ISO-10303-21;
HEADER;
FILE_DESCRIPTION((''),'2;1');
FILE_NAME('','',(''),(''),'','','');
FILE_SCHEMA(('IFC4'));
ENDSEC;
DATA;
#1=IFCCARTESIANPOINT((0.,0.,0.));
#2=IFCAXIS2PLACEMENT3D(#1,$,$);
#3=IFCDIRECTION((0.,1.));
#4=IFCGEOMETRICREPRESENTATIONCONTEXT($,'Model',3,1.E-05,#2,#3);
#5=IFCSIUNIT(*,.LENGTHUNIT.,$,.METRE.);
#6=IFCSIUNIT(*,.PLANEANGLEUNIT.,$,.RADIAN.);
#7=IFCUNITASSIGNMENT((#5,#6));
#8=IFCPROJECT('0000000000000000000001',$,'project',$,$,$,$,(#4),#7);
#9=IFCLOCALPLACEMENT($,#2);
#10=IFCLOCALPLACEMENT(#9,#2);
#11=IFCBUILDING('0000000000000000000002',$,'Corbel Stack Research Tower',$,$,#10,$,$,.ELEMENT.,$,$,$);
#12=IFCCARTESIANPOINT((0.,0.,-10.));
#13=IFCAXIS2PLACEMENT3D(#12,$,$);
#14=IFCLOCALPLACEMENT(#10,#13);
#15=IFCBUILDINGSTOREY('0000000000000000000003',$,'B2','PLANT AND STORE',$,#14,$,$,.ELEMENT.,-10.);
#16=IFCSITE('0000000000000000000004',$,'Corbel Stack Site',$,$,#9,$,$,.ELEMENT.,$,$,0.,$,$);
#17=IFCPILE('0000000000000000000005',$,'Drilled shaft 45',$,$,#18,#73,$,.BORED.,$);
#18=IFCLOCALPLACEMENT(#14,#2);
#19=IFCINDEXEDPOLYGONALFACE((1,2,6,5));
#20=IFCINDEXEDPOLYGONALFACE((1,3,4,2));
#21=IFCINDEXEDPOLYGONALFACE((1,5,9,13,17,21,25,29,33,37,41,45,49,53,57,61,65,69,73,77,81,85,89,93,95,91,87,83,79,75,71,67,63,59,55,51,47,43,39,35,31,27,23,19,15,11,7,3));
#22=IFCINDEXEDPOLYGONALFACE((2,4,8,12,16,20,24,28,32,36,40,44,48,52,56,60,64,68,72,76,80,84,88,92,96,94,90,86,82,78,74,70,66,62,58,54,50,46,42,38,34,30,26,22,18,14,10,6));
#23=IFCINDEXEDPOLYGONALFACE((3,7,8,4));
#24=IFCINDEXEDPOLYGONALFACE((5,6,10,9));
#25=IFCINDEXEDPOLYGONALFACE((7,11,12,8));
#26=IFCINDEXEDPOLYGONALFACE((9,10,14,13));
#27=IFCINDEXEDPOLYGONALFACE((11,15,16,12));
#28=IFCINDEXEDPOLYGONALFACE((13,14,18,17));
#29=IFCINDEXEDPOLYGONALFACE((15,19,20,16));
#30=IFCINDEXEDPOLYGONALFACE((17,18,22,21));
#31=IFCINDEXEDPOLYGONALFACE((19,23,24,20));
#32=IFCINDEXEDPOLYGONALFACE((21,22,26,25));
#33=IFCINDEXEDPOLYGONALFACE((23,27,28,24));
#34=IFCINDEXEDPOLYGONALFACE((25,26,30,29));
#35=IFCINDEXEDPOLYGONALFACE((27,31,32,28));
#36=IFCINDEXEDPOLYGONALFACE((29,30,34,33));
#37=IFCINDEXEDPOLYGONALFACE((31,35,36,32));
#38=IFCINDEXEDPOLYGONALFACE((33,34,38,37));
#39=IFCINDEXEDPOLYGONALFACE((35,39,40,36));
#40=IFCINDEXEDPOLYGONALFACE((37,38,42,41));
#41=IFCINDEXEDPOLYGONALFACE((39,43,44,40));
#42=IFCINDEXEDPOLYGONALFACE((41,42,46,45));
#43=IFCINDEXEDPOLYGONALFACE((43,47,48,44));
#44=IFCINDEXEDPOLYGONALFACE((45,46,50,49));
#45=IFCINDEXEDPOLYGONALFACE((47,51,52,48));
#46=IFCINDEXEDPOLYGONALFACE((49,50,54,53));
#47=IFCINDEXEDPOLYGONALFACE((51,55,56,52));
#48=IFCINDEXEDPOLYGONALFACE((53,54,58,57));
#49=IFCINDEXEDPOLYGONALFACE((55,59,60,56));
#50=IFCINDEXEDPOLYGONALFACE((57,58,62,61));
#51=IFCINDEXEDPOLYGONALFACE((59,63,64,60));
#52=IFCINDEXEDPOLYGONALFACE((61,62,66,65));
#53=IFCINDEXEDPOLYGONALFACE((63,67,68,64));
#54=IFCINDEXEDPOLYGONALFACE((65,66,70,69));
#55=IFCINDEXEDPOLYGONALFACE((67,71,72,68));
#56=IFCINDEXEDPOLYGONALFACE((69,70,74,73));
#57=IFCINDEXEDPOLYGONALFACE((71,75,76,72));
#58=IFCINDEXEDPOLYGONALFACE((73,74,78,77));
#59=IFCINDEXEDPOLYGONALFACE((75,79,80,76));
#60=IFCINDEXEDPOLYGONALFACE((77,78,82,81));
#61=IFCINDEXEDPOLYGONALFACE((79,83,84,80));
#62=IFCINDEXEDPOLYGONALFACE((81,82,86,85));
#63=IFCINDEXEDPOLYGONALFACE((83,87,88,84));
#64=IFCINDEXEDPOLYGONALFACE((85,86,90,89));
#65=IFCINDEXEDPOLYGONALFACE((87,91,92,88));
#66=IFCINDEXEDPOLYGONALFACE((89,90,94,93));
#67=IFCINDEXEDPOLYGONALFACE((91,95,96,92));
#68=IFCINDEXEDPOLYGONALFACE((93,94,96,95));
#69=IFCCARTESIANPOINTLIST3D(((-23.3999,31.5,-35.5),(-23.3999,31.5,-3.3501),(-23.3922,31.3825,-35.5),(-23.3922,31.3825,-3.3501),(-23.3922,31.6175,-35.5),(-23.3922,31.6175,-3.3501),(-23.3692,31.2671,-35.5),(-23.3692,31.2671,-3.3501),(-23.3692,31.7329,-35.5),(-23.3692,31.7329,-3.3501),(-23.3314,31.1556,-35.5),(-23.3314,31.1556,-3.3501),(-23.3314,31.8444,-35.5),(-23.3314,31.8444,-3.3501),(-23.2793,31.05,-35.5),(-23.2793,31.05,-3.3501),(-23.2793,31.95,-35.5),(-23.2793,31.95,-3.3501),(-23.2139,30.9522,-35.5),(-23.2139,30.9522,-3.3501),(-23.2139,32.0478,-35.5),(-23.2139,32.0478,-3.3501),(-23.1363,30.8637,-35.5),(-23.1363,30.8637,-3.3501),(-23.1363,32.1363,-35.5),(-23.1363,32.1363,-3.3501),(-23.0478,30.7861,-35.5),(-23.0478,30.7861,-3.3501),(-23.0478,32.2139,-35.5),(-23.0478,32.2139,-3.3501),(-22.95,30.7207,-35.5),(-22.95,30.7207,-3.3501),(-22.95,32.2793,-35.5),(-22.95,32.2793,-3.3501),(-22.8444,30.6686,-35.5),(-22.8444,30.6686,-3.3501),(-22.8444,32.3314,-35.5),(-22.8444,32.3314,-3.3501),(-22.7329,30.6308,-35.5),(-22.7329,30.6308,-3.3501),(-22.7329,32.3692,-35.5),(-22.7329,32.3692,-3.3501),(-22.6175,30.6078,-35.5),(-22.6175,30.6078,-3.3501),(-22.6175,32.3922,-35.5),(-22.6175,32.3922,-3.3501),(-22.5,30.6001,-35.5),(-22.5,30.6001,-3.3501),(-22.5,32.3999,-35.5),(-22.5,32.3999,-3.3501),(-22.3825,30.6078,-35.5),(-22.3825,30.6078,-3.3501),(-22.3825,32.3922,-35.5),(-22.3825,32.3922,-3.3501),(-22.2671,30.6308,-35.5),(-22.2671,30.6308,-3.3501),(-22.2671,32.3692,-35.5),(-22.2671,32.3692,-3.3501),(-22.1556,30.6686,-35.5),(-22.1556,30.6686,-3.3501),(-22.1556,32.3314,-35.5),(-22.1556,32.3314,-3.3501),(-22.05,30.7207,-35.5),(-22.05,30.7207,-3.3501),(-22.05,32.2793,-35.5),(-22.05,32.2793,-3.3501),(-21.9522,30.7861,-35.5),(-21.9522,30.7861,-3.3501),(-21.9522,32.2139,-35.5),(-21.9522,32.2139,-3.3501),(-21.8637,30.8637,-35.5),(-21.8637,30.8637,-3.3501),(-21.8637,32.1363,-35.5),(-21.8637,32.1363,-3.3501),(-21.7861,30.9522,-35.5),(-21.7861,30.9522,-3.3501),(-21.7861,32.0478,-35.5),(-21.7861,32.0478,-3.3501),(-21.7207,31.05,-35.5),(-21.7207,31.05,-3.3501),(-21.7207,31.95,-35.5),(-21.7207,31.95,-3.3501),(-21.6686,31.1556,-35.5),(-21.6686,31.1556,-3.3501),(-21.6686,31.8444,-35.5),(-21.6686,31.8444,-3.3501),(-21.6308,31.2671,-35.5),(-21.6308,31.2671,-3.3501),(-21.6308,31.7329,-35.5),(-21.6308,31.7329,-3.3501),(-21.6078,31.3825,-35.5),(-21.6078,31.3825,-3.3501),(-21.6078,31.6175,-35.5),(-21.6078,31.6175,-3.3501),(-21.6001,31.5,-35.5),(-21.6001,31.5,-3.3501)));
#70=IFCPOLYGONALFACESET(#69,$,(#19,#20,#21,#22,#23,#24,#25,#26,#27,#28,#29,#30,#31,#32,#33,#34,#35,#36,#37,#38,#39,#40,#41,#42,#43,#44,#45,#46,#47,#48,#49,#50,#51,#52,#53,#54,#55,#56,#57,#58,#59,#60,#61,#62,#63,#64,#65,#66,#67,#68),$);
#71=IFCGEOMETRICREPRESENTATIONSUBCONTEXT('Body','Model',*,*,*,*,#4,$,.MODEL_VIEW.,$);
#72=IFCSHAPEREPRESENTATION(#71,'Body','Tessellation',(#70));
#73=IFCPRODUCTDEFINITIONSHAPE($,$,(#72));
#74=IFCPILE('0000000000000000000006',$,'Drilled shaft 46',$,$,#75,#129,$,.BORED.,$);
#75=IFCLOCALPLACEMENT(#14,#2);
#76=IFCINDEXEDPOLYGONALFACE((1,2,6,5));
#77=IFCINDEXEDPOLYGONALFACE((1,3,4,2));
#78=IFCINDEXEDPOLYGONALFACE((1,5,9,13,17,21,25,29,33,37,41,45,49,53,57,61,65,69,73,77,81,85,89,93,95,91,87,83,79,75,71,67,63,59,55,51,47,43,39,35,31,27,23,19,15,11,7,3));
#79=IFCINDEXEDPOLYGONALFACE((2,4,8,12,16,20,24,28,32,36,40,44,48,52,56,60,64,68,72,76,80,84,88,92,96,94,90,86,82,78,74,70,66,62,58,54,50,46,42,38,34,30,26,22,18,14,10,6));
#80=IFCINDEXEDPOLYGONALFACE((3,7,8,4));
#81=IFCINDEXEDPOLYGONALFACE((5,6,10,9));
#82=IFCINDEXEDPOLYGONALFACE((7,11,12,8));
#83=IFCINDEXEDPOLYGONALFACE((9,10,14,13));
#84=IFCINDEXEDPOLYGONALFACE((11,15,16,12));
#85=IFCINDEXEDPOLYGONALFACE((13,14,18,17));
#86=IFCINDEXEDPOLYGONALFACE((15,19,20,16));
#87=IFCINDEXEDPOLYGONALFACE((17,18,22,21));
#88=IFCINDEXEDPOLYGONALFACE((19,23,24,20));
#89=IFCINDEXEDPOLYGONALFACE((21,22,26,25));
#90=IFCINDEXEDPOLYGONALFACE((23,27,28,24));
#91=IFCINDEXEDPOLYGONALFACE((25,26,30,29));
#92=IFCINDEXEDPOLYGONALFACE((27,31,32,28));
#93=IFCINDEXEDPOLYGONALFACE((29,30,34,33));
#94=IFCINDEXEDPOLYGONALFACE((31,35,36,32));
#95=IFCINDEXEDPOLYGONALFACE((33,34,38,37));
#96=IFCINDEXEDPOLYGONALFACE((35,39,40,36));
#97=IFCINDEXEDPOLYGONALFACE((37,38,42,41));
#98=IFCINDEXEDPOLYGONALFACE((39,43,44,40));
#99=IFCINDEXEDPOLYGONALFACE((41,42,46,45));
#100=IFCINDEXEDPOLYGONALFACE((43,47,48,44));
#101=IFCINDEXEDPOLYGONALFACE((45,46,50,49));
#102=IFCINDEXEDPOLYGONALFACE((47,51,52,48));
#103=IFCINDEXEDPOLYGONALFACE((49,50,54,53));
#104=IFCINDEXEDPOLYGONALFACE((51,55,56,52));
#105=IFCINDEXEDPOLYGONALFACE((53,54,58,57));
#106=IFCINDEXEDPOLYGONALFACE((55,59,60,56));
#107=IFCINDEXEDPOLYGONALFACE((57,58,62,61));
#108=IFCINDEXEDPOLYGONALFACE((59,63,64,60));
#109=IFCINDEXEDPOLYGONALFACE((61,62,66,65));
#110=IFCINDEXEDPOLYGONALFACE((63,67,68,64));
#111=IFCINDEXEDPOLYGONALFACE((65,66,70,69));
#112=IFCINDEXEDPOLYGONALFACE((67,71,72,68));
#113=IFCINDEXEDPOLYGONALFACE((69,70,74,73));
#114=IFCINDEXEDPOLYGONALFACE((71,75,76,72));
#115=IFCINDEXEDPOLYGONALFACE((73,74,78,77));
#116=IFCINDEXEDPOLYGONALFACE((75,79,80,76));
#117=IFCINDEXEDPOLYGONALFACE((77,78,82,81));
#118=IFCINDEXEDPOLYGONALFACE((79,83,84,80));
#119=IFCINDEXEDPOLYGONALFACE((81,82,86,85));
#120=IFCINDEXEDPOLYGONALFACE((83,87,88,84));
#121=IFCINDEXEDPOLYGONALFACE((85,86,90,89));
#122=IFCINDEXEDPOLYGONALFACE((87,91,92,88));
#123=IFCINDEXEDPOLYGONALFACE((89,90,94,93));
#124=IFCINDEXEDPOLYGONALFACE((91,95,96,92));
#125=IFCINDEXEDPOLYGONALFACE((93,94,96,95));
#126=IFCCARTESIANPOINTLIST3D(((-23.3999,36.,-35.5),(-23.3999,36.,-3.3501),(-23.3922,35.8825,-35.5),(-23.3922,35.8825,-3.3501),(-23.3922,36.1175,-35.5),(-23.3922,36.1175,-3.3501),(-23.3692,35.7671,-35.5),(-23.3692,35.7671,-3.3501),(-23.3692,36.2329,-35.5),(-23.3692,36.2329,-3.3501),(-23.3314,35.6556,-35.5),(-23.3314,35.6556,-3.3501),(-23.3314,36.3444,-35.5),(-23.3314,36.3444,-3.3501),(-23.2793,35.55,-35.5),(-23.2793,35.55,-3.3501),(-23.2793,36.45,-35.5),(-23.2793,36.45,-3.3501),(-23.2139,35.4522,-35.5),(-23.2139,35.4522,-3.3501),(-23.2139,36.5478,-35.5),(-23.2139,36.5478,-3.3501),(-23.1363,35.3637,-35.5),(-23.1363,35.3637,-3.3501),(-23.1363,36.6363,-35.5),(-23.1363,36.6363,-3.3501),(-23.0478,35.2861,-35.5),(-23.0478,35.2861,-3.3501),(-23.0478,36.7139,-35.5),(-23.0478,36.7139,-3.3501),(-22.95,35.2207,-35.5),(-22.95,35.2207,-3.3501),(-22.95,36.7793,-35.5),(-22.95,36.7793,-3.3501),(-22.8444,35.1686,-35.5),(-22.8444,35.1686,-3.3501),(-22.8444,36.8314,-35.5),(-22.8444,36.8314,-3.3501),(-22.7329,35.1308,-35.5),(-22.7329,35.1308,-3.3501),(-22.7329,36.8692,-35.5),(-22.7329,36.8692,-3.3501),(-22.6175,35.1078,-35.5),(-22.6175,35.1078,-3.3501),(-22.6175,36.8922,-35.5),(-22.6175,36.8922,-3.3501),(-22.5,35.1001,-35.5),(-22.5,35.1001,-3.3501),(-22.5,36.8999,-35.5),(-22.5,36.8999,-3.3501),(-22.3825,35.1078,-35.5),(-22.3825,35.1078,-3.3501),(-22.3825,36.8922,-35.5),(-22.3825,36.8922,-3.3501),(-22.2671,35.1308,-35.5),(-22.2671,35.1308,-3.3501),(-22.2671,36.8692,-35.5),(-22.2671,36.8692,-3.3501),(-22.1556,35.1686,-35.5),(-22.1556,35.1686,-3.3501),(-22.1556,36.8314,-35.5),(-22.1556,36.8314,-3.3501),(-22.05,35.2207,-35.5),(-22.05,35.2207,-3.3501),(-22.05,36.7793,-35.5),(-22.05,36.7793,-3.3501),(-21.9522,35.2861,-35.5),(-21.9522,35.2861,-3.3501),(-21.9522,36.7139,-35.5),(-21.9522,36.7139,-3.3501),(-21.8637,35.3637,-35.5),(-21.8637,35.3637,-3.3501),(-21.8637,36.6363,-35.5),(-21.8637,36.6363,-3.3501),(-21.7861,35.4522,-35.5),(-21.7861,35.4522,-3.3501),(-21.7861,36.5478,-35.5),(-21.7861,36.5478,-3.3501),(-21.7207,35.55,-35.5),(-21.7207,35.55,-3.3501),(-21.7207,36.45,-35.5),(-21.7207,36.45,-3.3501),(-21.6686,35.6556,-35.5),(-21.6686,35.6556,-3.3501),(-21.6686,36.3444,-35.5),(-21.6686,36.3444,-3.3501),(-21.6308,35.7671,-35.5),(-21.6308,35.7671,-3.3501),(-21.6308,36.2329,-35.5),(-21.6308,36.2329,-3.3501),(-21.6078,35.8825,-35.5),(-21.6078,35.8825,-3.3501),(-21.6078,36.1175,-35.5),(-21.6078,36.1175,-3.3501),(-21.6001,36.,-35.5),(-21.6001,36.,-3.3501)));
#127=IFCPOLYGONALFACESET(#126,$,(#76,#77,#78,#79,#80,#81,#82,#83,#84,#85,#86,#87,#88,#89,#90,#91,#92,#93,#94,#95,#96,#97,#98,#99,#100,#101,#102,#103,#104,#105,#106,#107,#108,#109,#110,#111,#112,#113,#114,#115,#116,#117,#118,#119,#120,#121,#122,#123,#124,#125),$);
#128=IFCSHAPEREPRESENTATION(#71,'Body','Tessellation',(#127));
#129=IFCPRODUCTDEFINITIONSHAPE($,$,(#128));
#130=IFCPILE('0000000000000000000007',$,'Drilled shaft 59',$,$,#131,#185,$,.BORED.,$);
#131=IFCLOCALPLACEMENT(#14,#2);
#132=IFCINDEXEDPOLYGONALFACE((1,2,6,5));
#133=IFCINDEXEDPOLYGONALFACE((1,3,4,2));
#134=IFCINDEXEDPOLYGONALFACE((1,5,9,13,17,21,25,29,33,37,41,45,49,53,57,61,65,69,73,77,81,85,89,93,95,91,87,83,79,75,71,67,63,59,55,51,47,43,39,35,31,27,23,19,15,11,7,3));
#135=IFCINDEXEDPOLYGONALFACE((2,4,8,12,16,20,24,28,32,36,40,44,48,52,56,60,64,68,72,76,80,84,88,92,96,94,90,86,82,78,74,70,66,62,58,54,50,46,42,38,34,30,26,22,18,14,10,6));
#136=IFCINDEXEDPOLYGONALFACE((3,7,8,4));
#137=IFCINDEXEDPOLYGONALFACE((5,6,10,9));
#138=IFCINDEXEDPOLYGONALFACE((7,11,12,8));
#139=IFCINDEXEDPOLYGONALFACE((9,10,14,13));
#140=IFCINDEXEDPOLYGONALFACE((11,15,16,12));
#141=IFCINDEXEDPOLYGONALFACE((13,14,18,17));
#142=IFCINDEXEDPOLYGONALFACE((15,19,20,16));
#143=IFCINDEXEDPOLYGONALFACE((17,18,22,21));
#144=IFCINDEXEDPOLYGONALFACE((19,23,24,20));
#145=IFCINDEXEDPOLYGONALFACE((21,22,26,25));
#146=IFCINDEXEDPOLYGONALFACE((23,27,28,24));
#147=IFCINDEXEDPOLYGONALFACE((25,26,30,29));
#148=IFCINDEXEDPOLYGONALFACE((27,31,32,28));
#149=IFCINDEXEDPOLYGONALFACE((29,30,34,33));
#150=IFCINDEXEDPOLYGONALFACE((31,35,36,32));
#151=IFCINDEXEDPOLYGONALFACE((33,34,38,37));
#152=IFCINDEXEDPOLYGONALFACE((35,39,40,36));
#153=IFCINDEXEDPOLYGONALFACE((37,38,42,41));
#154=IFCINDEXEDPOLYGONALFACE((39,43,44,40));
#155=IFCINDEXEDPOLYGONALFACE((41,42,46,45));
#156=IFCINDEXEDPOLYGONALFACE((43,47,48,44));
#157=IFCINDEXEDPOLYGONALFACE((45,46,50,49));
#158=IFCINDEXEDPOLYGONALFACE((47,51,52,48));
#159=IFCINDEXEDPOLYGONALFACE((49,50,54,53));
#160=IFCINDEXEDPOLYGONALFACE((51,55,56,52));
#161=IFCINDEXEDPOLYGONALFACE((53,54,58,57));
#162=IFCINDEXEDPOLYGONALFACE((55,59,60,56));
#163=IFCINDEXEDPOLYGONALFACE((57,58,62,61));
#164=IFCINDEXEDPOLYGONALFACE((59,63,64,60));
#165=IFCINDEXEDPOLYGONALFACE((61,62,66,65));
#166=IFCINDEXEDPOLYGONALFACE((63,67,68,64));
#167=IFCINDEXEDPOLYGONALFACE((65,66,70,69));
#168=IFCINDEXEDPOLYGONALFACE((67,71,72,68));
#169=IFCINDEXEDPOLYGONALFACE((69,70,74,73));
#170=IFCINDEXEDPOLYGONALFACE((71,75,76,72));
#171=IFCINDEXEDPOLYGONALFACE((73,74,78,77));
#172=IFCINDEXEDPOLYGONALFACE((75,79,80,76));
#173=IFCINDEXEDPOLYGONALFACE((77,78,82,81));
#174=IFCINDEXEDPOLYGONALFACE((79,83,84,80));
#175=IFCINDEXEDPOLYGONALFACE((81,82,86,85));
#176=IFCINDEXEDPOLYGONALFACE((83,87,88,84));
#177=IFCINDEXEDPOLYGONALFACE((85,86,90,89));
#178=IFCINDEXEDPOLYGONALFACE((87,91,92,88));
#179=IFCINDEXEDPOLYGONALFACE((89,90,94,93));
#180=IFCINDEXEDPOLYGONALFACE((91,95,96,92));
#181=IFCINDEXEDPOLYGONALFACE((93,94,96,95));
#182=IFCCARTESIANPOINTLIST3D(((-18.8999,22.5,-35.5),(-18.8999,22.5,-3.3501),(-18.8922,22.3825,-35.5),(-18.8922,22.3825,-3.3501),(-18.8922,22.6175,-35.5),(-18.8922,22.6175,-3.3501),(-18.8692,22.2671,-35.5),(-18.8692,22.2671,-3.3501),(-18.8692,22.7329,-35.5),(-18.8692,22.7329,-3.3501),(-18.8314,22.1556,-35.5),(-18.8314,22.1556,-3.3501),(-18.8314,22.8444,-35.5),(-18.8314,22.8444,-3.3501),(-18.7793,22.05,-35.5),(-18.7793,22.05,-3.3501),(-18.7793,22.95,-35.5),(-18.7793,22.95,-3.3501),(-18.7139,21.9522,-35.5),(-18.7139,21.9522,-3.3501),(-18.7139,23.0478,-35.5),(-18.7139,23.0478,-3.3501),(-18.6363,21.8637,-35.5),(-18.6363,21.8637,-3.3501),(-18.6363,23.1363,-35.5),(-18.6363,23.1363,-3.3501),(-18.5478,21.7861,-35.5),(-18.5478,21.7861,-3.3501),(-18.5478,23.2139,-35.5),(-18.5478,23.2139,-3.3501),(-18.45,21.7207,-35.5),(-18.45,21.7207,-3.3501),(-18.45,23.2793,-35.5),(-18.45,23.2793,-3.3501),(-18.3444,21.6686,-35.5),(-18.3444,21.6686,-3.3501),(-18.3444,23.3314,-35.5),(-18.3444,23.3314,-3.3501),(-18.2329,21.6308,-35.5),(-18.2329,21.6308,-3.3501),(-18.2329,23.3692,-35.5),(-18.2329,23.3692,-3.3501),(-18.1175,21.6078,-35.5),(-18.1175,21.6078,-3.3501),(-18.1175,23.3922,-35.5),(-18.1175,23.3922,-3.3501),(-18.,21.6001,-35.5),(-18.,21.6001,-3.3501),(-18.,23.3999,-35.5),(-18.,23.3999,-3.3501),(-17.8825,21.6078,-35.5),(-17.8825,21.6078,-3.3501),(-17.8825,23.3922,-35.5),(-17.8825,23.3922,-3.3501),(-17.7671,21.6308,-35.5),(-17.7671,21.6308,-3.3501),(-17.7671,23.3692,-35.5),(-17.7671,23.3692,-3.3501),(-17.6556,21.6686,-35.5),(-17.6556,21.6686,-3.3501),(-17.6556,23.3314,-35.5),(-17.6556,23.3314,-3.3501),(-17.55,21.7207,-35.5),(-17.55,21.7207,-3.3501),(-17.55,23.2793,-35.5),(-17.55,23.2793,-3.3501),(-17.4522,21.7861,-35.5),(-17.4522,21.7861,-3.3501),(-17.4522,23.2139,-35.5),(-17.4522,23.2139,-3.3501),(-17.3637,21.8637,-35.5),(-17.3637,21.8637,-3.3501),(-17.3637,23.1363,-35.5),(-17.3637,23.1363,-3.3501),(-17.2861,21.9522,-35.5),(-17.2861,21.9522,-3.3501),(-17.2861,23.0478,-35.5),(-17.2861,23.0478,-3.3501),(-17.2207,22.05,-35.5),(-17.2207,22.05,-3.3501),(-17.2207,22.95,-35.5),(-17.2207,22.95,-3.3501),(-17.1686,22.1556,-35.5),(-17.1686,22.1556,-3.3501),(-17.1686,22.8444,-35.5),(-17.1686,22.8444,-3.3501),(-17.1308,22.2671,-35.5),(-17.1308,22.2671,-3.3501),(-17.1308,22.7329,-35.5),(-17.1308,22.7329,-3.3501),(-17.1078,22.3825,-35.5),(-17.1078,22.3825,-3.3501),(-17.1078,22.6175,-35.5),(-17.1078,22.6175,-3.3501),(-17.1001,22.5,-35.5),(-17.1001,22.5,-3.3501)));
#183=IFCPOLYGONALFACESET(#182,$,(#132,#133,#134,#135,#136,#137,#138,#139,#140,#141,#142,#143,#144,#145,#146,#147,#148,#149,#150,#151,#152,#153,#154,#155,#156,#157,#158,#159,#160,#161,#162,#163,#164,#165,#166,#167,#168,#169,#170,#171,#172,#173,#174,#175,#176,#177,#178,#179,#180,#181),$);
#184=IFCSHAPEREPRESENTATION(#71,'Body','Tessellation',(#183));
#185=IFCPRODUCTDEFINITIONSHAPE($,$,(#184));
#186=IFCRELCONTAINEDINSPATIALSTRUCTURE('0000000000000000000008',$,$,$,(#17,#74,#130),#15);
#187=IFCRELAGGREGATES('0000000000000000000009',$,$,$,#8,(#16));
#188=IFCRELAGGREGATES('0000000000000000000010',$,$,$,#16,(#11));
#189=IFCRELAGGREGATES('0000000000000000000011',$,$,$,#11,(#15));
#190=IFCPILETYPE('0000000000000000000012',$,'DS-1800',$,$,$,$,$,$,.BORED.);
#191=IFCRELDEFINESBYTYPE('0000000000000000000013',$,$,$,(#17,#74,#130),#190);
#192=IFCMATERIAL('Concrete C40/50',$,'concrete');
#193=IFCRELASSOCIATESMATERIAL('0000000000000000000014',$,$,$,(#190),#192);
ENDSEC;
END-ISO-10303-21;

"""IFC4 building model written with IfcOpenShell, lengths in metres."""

from ifc_helpers import new_model, si_unit, direction, frame, origin, origin_2d, place, context, subcontext, project, spatial, circle, extrude, material, material_profile, profile_set, type_object, element, save


model = new_model("IFC4")

# Units and contexts
model_context = context("Model", 3, precision=1e-05, world=origin(), true_north=direction((0.0, 1.0)))
body_context = subcontext(model_context, "Body", "Model", "MODEL_VIEW")
ifc_project = project(units=[si_unit("LENGTHUNIT", "METRE"), si_unit("PLANEANGLEUNIT", "RADIAN")], contexts=[model_context])

# Site, building, storey
site_placement = place(None, origin())
site = spatial("IfcSite", under=ifc_project, at=site_placement, Name="Corbel Stack Site", CompositionType="ELEMENT", RefElevation=0.0)
building_placement = place(site_placement, origin())
building = spatial("IfcBuilding", under=site, at=building_placement, Name="Corbel Stack Research Tower", CompositionType="ELEMENT")
storey_placement = place(building_placement, frame((0.0, 0.0, -10.0)))
storey = spatial("IfcBuildingStorey", under=building, at=storey_placement, Name="B2", Description="PLANT AND STORE", CompositionType="ELEMENT", Elevation=-10.0)

# Piles
ifc_material_1 = material(Name="Concrete C40/50", Category="concrete")
ifc_material_profile_1 = material_profile(ifc_material_1, circle(Radius=0.8999, at=origin_2d()), Name="Shaft 1800")
ifc_profile_set_1 = profile_set([ifc_material_profile_1], Name="Concrete C40/50")
pile_type = type_object("IfcPileType", Name="DS-1800", PredefinedType="BORED", material=ifc_profile_set_1)
for number, where, z_axis, x_axis, name in (
    (1, (-22.5, 31.5, -3.3501), (0.0, 0.0, -1.0), (1.0, 0.0, 0.0), "Drilled shaft 45"),
    (2, (-22.5, 36.0, -3.3501), (0.0, 0.0, -1.0), (1.0, 0.0, 0.0), "Drilled shaft 46"),
    (3, (-18.0, 22.5, -3.3501), (0.0, 0.0, -1.0), (1.0, 0.0, 0.0), "Drilled shaft 59"),
):
    element("IfcPile", number, at=place(storey_placement, frame(where, z_axis=z_axis, x_axis=x_axis)), inside=storey, type_object=pile_type, Name=name, PredefinedType="BORED", context=body_context, shape_type="SweptSolid", body=[
        extrude(circle(Radius=0.8999, at=origin_2d()), origin(), (0.0, 0.0, 1.0), 32.1499),
    ])

save(model, "model.ifc")
